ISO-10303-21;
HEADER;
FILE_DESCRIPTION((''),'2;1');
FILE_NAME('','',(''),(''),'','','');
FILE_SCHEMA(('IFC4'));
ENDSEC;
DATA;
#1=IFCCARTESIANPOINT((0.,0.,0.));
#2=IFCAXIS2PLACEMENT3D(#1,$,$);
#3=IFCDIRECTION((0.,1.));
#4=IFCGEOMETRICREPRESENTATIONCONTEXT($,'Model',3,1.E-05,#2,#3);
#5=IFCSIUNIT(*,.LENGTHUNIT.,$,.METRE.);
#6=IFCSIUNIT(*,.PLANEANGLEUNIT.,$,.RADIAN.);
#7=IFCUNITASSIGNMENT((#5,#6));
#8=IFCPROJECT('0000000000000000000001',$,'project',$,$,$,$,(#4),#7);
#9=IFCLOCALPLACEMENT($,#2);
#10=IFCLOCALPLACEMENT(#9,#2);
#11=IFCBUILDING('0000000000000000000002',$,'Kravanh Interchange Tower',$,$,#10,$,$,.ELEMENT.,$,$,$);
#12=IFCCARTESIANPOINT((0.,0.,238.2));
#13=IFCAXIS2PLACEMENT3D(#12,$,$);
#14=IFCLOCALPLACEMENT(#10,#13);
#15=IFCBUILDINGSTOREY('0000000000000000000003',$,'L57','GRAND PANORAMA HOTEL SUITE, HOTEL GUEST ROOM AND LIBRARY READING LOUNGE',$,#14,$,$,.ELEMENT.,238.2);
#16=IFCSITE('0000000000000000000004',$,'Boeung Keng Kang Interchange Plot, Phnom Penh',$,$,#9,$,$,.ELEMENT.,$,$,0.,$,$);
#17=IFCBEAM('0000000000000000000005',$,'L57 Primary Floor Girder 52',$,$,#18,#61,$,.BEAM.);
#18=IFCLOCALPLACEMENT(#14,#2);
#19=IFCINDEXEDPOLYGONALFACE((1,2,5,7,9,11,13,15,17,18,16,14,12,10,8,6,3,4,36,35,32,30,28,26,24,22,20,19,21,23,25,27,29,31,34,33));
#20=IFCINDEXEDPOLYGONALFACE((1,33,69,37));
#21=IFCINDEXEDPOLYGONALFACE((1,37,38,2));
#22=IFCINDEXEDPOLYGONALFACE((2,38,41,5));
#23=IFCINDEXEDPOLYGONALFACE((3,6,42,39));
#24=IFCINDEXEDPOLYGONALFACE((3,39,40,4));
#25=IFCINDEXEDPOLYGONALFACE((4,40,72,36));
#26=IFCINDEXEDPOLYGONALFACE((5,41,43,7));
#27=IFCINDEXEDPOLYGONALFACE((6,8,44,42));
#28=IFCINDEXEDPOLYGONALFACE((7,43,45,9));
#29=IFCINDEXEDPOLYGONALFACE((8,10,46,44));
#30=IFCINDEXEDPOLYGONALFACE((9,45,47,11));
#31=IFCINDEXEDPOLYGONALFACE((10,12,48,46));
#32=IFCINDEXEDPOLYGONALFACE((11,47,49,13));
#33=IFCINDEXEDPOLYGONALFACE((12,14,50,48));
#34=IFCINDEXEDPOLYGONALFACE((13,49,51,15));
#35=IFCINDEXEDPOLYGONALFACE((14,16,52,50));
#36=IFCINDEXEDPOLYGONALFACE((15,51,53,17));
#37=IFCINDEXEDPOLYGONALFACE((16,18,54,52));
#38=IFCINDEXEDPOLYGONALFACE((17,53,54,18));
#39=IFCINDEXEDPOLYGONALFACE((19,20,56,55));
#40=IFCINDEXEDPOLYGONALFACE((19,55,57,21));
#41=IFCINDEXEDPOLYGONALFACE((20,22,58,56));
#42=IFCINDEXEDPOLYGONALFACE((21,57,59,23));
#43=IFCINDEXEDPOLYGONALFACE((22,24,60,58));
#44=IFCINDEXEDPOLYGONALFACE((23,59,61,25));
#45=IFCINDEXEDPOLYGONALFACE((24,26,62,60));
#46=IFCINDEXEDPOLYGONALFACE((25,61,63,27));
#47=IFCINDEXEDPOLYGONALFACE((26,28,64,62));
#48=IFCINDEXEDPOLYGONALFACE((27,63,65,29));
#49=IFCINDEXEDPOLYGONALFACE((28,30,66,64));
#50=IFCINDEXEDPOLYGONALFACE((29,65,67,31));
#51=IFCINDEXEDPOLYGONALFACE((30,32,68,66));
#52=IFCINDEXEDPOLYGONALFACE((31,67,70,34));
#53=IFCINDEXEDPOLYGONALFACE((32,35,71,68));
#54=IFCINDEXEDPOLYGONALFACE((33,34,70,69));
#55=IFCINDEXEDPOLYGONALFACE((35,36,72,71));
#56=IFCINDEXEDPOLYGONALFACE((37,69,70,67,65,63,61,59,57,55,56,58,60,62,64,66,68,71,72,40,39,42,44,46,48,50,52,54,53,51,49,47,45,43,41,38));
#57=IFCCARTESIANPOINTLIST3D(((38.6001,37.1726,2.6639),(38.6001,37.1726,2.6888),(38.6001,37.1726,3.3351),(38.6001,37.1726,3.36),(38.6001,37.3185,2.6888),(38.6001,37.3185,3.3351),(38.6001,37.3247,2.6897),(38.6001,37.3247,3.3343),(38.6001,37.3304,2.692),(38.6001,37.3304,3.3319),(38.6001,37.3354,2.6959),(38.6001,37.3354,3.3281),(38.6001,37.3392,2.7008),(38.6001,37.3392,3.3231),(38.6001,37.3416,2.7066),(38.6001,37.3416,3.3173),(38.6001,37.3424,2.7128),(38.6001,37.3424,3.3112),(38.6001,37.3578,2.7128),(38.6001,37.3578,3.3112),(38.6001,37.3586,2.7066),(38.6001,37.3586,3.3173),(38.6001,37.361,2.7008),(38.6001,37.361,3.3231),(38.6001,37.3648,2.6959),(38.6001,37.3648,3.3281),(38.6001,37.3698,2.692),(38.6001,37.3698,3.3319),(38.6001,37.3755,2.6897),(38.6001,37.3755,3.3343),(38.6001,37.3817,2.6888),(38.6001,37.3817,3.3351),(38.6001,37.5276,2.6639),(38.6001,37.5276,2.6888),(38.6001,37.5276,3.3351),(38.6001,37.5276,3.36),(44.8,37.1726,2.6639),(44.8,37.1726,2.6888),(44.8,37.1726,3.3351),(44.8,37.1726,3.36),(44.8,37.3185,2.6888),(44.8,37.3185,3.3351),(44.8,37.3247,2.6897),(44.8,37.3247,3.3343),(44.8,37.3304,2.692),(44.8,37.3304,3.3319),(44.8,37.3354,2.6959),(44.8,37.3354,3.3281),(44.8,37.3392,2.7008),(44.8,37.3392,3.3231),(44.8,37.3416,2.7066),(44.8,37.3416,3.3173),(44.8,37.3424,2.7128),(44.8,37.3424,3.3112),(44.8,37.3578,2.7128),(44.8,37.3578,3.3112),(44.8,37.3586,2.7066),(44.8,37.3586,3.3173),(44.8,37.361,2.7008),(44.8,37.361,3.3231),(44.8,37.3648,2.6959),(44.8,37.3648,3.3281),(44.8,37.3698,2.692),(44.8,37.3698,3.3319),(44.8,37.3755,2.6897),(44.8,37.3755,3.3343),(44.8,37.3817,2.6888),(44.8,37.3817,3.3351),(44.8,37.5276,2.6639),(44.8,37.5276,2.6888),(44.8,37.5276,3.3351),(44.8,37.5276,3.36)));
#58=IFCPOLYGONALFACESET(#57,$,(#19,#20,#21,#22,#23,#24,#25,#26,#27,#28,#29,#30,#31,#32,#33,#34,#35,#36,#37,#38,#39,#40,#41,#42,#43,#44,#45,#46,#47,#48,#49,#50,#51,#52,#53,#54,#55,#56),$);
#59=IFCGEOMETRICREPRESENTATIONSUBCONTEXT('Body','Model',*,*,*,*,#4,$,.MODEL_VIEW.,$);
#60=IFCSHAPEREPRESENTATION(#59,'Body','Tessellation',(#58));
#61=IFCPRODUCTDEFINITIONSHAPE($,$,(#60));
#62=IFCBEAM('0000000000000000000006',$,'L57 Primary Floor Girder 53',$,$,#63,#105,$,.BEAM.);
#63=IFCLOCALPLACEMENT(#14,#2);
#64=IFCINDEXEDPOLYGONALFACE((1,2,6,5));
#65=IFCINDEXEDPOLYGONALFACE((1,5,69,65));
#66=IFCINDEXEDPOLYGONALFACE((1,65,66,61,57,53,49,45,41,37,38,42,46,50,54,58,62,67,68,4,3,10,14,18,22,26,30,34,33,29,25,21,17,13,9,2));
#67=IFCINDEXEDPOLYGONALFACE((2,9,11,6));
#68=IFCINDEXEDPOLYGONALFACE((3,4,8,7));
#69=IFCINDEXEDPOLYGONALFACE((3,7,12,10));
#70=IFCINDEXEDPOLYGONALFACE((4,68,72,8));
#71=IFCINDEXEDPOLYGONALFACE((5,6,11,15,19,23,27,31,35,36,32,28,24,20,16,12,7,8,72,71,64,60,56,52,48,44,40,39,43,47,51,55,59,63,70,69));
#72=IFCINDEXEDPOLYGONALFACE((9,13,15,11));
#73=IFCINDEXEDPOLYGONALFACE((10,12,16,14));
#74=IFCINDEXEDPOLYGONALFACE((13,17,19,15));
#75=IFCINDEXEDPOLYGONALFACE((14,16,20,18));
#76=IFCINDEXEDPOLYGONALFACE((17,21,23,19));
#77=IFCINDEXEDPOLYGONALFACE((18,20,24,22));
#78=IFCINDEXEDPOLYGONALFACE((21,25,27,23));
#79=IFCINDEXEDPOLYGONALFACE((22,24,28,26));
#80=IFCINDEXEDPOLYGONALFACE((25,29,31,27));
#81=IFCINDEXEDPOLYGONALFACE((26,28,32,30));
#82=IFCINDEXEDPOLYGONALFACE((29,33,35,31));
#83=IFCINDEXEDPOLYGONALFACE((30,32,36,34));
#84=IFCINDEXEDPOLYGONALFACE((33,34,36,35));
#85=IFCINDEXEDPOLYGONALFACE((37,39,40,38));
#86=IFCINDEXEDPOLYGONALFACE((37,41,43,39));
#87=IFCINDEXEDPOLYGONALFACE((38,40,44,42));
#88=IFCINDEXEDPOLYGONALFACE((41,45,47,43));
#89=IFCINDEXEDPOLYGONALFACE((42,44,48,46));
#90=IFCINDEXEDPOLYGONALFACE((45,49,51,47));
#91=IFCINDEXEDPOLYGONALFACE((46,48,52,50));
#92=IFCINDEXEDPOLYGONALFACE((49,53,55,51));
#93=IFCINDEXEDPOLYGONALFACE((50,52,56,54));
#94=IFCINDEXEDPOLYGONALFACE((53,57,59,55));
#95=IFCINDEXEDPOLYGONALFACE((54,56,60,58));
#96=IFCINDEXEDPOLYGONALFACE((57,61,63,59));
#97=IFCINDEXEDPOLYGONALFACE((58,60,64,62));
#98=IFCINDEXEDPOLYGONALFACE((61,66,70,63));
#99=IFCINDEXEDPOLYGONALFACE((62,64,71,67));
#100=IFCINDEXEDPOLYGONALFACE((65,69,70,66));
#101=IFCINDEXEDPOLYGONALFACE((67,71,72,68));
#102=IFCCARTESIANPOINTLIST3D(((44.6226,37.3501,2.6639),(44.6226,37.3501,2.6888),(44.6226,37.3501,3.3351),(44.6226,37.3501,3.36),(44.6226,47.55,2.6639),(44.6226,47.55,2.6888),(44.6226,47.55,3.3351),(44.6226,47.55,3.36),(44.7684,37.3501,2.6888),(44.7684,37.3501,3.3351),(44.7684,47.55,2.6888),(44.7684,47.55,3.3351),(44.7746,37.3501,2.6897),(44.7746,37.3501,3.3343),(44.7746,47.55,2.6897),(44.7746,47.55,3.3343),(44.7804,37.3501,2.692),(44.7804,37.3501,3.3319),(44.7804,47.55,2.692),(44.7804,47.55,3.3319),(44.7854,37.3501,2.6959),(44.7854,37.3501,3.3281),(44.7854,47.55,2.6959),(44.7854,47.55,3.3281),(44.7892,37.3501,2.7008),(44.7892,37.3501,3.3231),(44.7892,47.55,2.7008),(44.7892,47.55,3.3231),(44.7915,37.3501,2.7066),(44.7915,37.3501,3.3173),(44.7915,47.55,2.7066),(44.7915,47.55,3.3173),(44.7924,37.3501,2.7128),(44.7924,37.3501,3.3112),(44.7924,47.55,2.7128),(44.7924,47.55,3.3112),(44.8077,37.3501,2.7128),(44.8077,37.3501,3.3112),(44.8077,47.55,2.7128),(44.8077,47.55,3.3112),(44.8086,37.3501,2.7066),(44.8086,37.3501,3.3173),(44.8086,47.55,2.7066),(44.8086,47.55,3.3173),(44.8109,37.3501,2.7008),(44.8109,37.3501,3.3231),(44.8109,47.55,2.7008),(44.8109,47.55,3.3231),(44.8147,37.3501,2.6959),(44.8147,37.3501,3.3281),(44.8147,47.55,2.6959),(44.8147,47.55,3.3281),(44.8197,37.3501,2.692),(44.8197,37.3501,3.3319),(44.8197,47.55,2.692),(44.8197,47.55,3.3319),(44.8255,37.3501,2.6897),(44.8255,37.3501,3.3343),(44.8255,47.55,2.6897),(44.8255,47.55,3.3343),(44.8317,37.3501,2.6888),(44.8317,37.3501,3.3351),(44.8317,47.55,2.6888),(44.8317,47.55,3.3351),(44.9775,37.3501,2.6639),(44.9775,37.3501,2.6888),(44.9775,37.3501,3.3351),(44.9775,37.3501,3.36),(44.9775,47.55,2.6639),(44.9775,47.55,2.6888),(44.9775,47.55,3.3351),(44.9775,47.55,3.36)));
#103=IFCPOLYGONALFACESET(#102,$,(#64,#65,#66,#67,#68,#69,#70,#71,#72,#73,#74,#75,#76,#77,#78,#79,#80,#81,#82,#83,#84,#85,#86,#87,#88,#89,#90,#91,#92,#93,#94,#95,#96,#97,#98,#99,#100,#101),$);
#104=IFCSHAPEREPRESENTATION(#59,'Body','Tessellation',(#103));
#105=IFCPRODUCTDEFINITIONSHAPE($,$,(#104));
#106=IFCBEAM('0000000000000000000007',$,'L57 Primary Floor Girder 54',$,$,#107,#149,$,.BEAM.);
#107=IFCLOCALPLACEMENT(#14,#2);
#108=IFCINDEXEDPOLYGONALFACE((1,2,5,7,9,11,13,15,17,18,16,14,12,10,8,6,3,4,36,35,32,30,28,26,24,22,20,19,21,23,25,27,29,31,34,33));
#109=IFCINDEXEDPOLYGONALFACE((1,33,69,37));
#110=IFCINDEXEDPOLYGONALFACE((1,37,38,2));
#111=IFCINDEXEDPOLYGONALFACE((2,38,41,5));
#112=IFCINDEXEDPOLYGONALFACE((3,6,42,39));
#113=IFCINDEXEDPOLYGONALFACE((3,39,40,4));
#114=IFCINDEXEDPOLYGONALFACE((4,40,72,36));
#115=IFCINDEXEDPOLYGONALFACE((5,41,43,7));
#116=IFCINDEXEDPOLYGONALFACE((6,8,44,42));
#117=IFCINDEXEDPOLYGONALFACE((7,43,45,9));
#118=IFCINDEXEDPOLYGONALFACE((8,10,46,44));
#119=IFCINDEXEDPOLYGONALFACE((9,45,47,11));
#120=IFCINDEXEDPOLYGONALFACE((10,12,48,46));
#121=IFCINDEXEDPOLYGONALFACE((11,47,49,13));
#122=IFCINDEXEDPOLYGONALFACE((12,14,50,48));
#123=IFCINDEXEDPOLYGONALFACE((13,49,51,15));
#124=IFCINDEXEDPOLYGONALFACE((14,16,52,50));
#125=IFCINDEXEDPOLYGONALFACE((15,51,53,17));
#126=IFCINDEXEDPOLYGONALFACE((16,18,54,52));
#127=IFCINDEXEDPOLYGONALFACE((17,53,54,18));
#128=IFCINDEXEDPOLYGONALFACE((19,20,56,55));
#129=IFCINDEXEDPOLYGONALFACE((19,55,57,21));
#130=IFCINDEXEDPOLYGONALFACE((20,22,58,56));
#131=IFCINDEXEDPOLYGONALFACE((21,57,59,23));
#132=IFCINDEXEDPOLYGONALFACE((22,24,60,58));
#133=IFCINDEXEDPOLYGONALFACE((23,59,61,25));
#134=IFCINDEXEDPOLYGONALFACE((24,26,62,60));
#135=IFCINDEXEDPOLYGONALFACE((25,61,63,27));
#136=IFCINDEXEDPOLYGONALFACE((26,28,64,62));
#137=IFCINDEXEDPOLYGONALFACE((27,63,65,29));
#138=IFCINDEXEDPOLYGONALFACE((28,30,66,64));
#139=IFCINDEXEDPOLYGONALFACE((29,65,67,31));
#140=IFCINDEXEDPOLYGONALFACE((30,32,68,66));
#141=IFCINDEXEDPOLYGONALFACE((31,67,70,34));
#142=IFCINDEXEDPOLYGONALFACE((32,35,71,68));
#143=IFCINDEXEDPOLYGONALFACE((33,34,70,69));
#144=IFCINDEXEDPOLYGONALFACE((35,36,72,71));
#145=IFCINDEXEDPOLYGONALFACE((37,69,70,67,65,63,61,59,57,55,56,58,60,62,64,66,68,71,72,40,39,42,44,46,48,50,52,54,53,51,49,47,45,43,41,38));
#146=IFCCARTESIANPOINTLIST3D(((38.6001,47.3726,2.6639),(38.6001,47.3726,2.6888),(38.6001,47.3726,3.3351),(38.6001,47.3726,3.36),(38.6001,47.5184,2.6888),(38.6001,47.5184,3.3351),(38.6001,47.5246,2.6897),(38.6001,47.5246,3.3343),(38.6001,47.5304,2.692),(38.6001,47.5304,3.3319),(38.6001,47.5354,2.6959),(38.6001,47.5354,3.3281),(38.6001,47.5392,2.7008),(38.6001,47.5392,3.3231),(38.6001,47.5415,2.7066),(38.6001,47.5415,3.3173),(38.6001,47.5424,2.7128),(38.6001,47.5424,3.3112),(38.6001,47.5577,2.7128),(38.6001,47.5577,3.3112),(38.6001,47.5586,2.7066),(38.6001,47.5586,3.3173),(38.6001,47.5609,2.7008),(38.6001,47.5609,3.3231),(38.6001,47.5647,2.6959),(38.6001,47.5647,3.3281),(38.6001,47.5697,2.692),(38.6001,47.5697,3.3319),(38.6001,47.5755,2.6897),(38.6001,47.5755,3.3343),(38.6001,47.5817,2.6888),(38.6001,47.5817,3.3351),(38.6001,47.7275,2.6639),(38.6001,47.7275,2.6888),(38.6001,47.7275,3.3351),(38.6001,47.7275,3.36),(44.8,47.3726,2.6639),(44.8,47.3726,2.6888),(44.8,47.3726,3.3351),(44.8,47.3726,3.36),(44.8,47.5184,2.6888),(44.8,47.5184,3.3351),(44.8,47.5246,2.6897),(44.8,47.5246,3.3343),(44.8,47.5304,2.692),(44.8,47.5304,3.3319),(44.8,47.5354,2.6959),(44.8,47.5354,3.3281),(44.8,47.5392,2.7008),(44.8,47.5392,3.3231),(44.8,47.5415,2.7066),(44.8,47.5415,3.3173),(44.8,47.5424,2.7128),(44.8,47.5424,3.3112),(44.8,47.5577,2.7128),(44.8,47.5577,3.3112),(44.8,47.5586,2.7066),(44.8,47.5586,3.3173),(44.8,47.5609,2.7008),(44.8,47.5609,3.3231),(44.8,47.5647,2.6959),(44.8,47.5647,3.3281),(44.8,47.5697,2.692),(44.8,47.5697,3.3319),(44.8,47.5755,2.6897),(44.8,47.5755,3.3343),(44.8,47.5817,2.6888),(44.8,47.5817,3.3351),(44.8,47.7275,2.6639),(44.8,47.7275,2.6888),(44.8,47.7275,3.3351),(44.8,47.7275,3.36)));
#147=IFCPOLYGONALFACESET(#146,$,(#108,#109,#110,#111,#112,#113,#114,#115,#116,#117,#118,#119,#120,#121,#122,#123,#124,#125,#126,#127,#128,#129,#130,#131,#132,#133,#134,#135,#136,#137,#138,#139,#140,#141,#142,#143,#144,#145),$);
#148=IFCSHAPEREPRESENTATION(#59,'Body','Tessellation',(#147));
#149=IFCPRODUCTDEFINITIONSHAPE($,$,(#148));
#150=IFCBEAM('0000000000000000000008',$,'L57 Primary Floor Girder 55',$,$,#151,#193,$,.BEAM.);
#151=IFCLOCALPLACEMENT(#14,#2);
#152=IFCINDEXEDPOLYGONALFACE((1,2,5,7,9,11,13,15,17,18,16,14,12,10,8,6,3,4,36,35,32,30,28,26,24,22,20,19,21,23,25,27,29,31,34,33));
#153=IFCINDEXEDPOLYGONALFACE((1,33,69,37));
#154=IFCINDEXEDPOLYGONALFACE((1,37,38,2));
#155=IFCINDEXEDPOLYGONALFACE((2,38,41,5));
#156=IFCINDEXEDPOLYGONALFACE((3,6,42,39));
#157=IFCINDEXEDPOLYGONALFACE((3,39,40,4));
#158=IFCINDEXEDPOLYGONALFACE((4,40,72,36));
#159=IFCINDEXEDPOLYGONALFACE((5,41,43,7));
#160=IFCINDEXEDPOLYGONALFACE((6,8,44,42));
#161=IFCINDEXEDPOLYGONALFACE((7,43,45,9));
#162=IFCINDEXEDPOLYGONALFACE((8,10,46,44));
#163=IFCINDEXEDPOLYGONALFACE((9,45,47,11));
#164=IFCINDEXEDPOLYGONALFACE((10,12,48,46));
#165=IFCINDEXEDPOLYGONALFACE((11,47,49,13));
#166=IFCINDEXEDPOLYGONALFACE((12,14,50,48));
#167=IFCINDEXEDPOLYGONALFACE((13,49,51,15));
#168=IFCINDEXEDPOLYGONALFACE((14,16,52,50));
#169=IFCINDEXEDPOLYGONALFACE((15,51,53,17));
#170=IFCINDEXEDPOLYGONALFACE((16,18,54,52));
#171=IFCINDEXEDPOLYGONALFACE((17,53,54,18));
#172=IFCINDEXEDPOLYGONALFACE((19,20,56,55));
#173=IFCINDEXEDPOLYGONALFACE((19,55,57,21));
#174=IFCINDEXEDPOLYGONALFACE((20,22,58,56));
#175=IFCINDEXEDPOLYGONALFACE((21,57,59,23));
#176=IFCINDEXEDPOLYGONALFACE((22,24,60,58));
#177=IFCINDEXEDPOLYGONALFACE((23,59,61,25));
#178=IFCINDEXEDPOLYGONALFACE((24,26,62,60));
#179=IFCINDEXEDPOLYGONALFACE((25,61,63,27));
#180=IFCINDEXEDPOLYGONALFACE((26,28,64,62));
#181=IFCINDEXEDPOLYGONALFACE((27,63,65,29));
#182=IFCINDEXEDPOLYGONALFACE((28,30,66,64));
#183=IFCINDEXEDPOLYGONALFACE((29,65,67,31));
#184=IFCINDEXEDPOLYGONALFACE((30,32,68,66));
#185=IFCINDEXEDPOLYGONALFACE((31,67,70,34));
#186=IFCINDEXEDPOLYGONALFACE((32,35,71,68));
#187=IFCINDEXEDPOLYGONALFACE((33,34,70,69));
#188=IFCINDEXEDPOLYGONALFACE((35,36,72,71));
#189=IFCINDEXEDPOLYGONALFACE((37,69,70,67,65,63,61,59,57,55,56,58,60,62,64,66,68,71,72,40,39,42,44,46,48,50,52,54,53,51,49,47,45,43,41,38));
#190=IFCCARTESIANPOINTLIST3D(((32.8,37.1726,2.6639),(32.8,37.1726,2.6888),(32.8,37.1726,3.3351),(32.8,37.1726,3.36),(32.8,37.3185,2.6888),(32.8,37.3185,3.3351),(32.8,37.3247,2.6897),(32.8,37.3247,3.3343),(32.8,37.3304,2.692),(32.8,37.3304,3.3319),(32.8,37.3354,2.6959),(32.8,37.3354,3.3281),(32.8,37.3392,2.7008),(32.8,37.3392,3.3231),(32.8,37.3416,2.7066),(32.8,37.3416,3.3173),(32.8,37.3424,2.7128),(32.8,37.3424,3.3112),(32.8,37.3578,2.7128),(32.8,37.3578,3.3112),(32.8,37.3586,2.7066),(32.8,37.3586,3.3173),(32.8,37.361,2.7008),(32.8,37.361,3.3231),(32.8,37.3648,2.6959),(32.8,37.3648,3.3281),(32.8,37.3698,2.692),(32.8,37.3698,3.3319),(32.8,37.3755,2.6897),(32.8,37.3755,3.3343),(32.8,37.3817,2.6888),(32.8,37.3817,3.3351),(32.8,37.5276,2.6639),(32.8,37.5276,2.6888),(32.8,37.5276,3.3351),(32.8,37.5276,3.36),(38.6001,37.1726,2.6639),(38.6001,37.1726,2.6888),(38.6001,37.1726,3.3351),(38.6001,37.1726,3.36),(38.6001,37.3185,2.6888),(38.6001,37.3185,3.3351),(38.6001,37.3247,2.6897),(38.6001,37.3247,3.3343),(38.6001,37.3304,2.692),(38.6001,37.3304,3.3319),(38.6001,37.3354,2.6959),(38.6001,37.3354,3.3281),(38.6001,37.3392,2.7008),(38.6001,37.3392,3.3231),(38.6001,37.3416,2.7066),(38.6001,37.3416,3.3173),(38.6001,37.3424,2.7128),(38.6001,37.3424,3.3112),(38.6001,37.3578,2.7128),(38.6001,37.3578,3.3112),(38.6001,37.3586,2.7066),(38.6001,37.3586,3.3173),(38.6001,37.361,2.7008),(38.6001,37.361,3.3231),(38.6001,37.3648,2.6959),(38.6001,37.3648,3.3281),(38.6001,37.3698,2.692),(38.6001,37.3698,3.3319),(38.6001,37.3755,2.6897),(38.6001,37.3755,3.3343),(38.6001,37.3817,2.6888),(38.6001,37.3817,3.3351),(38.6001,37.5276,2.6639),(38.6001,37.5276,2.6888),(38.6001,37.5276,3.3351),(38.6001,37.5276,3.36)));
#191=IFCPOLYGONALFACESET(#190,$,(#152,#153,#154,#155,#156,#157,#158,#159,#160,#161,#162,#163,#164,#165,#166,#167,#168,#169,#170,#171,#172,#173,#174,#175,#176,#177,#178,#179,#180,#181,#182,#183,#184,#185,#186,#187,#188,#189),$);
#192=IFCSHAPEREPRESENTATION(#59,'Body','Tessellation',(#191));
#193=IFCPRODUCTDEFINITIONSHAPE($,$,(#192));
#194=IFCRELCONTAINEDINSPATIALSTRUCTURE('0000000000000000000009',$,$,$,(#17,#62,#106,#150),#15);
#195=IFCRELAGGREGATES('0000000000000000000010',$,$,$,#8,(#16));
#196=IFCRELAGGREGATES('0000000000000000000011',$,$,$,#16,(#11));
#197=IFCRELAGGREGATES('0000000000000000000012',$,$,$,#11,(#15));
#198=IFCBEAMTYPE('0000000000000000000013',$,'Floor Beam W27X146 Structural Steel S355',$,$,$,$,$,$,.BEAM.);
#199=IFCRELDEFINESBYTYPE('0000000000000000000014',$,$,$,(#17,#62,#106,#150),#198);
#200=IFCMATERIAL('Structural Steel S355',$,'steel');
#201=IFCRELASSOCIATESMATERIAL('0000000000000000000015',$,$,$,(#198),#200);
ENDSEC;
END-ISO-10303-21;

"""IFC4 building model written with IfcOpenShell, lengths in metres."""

from ifc_helpers import new_model, si_unit, direction, frame, origin, origin_2d, place, context, subcontext, project, spatial, i_section, extrude, material, material_profile, profile_set, type_object, element, save


model = new_model("IFC4")

# Units and contexts
model_context = context("Model", 3, precision=1e-05, world=origin(), true_north=direction((0.0, 1.0)))
body_context = subcontext(model_context, "Body", "Model", "MODEL_VIEW")
ifc_project = project(units=[si_unit("LENGTHUNIT", "METRE"), si_unit("PLANEANGLEUNIT", "RADIAN")], contexts=[model_context])

# Site, building, storey
site_placement = place(None, origin())
site = spatial("IfcSite", under=ifc_project, at=site_placement, Name="Boeung Keng Kang Interchange Plot, Phnom Penh", CompositionType="ELEMENT", RefElevation=0.0)
building_placement = place(site_placement, origin())
building = spatial("IfcBuilding", under=site, at=building_placement, Name="Kravanh Interchange Tower", CompositionType="ELEMENT")
storey_placement = place(building_placement, frame((0.0, 0.0, 238.2)))
storey = spatial("IfcBuildingStorey", under=building, at=storey_placement, Name="L57", Description="GRAND PANORAMA HOTEL SUITE, HOTEL GUEST ROOM AND LIBRARY READING LOUNGE", CompositionType="ELEMENT", Elevation=238.2)

# Beams
ifc_material_1 = material(Name="Structural Steel S355", Category="steel")
ifc_material_profile_1 = material_profile(ifc_material_1, i_section(OverallWidth=0.355, OverallDepth=0.696, WebThickness=0.0154, FlangeThickness=0.0249, FilletRadius=0.0239, at=origin_2d()), Name="W27X146")
ifc_profile_set_1 = profile_set([ifc_material_profile_1], Name="Structural Steel S355")
beam_type_1 = type_object("IfcBeamType", Name="Floor Beam W27X146 Structural Steel S355", PredefinedType="BEAM", material=ifc_profile_set_1)
beam_1_placement = place(storey_placement, frame((44.8, 37.3501, 3.012), z_axis=(-1.0, 0.0, 0.0), x_axis=(0.0, -1.0, 0.0)))
element("IfcBeam", 1, at=beam_1_placement, inside=storey, type_object=beam_type_1, Name="L57 Primary Floor Girder 52", PredefinedType="BEAM", context=body_context, shape_type="SweptSolid", body=[
    extrude(i_section(OverallWidth=0.355, OverallDepth=0.696, WebThickness=0.0154, FlangeThickness=0.0249, FilletRadius=0.0239, at=origin_2d()), origin(), (0.0, 0.0, 1.0), 6.2),
])
beam_2_placement = place(storey_placement, frame((44.8, 37.3501, 3.012), z_axis=(0.0, 1.0, 0.0), x_axis=(-1.0, 0.0, 0.0)))
element("IfcBeam", 2, at=beam_2_placement, inside=storey, type_object=beam_type_1, Name="L57 Primary Floor Girder 53", PredefinedType="BEAM", context=body_context, shape_type="SweptSolid", body=[
    extrude(i_section(OverallWidth=0.355, OverallDepth=0.696, WebThickness=0.0154, FlangeThickness=0.0249, FilletRadius=0.0239, at=origin_2d()), origin(), (0.0, 0.0, 1.0), 10.2),
])
beam_3_placement = place(storey_placement, frame((44.8, 47.55, 3.012), z_axis=(-1.0, 0.0, 0.0), x_axis=(0.0, -1.0, 0.0)))
element("IfcBeam", 3, at=beam_3_placement, inside=storey, type_object=beam_type_1, Name="L57 Primary Floor Girder 54", PredefinedType="BEAM", context=body_context, shape_type="SweptSolid", body=[
    extrude(i_section(OverallWidth=0.355, OverallDepth=0.696, WebThickness=0.0154, FlangeThickness=0.0249, FilletRadius=0.0239, at=origin_2d()), origin(), (0.0, 0.0, 1.0), 6.2),
])
beam_4_placement = place(storey_placement, frame((38.6001, 37.3501, 3.012), z_axis=(-1.0, 0.0, 0.0), x_axis=(0.0, -1.0, 0.0)))
element("IfcBeam", 4, at=beam_4_placement, inside=storey, type_object=beam_type_1, Name="L57 Primary Floor Girder 55", PredefinedType="BEAM", context=body_context, shape_type="SweptSolid", body=[
    extrude(i_section(OverallWidth=0.355, OverallDepth=0.696, WebThickness=0.0154, FlangeThickness=0.0249, FilletRadius=0.0239, at=origin_2d()), origin(), (0.0, 0.0, 1.0), 5.8),
])

save(model, "model.ifc")
